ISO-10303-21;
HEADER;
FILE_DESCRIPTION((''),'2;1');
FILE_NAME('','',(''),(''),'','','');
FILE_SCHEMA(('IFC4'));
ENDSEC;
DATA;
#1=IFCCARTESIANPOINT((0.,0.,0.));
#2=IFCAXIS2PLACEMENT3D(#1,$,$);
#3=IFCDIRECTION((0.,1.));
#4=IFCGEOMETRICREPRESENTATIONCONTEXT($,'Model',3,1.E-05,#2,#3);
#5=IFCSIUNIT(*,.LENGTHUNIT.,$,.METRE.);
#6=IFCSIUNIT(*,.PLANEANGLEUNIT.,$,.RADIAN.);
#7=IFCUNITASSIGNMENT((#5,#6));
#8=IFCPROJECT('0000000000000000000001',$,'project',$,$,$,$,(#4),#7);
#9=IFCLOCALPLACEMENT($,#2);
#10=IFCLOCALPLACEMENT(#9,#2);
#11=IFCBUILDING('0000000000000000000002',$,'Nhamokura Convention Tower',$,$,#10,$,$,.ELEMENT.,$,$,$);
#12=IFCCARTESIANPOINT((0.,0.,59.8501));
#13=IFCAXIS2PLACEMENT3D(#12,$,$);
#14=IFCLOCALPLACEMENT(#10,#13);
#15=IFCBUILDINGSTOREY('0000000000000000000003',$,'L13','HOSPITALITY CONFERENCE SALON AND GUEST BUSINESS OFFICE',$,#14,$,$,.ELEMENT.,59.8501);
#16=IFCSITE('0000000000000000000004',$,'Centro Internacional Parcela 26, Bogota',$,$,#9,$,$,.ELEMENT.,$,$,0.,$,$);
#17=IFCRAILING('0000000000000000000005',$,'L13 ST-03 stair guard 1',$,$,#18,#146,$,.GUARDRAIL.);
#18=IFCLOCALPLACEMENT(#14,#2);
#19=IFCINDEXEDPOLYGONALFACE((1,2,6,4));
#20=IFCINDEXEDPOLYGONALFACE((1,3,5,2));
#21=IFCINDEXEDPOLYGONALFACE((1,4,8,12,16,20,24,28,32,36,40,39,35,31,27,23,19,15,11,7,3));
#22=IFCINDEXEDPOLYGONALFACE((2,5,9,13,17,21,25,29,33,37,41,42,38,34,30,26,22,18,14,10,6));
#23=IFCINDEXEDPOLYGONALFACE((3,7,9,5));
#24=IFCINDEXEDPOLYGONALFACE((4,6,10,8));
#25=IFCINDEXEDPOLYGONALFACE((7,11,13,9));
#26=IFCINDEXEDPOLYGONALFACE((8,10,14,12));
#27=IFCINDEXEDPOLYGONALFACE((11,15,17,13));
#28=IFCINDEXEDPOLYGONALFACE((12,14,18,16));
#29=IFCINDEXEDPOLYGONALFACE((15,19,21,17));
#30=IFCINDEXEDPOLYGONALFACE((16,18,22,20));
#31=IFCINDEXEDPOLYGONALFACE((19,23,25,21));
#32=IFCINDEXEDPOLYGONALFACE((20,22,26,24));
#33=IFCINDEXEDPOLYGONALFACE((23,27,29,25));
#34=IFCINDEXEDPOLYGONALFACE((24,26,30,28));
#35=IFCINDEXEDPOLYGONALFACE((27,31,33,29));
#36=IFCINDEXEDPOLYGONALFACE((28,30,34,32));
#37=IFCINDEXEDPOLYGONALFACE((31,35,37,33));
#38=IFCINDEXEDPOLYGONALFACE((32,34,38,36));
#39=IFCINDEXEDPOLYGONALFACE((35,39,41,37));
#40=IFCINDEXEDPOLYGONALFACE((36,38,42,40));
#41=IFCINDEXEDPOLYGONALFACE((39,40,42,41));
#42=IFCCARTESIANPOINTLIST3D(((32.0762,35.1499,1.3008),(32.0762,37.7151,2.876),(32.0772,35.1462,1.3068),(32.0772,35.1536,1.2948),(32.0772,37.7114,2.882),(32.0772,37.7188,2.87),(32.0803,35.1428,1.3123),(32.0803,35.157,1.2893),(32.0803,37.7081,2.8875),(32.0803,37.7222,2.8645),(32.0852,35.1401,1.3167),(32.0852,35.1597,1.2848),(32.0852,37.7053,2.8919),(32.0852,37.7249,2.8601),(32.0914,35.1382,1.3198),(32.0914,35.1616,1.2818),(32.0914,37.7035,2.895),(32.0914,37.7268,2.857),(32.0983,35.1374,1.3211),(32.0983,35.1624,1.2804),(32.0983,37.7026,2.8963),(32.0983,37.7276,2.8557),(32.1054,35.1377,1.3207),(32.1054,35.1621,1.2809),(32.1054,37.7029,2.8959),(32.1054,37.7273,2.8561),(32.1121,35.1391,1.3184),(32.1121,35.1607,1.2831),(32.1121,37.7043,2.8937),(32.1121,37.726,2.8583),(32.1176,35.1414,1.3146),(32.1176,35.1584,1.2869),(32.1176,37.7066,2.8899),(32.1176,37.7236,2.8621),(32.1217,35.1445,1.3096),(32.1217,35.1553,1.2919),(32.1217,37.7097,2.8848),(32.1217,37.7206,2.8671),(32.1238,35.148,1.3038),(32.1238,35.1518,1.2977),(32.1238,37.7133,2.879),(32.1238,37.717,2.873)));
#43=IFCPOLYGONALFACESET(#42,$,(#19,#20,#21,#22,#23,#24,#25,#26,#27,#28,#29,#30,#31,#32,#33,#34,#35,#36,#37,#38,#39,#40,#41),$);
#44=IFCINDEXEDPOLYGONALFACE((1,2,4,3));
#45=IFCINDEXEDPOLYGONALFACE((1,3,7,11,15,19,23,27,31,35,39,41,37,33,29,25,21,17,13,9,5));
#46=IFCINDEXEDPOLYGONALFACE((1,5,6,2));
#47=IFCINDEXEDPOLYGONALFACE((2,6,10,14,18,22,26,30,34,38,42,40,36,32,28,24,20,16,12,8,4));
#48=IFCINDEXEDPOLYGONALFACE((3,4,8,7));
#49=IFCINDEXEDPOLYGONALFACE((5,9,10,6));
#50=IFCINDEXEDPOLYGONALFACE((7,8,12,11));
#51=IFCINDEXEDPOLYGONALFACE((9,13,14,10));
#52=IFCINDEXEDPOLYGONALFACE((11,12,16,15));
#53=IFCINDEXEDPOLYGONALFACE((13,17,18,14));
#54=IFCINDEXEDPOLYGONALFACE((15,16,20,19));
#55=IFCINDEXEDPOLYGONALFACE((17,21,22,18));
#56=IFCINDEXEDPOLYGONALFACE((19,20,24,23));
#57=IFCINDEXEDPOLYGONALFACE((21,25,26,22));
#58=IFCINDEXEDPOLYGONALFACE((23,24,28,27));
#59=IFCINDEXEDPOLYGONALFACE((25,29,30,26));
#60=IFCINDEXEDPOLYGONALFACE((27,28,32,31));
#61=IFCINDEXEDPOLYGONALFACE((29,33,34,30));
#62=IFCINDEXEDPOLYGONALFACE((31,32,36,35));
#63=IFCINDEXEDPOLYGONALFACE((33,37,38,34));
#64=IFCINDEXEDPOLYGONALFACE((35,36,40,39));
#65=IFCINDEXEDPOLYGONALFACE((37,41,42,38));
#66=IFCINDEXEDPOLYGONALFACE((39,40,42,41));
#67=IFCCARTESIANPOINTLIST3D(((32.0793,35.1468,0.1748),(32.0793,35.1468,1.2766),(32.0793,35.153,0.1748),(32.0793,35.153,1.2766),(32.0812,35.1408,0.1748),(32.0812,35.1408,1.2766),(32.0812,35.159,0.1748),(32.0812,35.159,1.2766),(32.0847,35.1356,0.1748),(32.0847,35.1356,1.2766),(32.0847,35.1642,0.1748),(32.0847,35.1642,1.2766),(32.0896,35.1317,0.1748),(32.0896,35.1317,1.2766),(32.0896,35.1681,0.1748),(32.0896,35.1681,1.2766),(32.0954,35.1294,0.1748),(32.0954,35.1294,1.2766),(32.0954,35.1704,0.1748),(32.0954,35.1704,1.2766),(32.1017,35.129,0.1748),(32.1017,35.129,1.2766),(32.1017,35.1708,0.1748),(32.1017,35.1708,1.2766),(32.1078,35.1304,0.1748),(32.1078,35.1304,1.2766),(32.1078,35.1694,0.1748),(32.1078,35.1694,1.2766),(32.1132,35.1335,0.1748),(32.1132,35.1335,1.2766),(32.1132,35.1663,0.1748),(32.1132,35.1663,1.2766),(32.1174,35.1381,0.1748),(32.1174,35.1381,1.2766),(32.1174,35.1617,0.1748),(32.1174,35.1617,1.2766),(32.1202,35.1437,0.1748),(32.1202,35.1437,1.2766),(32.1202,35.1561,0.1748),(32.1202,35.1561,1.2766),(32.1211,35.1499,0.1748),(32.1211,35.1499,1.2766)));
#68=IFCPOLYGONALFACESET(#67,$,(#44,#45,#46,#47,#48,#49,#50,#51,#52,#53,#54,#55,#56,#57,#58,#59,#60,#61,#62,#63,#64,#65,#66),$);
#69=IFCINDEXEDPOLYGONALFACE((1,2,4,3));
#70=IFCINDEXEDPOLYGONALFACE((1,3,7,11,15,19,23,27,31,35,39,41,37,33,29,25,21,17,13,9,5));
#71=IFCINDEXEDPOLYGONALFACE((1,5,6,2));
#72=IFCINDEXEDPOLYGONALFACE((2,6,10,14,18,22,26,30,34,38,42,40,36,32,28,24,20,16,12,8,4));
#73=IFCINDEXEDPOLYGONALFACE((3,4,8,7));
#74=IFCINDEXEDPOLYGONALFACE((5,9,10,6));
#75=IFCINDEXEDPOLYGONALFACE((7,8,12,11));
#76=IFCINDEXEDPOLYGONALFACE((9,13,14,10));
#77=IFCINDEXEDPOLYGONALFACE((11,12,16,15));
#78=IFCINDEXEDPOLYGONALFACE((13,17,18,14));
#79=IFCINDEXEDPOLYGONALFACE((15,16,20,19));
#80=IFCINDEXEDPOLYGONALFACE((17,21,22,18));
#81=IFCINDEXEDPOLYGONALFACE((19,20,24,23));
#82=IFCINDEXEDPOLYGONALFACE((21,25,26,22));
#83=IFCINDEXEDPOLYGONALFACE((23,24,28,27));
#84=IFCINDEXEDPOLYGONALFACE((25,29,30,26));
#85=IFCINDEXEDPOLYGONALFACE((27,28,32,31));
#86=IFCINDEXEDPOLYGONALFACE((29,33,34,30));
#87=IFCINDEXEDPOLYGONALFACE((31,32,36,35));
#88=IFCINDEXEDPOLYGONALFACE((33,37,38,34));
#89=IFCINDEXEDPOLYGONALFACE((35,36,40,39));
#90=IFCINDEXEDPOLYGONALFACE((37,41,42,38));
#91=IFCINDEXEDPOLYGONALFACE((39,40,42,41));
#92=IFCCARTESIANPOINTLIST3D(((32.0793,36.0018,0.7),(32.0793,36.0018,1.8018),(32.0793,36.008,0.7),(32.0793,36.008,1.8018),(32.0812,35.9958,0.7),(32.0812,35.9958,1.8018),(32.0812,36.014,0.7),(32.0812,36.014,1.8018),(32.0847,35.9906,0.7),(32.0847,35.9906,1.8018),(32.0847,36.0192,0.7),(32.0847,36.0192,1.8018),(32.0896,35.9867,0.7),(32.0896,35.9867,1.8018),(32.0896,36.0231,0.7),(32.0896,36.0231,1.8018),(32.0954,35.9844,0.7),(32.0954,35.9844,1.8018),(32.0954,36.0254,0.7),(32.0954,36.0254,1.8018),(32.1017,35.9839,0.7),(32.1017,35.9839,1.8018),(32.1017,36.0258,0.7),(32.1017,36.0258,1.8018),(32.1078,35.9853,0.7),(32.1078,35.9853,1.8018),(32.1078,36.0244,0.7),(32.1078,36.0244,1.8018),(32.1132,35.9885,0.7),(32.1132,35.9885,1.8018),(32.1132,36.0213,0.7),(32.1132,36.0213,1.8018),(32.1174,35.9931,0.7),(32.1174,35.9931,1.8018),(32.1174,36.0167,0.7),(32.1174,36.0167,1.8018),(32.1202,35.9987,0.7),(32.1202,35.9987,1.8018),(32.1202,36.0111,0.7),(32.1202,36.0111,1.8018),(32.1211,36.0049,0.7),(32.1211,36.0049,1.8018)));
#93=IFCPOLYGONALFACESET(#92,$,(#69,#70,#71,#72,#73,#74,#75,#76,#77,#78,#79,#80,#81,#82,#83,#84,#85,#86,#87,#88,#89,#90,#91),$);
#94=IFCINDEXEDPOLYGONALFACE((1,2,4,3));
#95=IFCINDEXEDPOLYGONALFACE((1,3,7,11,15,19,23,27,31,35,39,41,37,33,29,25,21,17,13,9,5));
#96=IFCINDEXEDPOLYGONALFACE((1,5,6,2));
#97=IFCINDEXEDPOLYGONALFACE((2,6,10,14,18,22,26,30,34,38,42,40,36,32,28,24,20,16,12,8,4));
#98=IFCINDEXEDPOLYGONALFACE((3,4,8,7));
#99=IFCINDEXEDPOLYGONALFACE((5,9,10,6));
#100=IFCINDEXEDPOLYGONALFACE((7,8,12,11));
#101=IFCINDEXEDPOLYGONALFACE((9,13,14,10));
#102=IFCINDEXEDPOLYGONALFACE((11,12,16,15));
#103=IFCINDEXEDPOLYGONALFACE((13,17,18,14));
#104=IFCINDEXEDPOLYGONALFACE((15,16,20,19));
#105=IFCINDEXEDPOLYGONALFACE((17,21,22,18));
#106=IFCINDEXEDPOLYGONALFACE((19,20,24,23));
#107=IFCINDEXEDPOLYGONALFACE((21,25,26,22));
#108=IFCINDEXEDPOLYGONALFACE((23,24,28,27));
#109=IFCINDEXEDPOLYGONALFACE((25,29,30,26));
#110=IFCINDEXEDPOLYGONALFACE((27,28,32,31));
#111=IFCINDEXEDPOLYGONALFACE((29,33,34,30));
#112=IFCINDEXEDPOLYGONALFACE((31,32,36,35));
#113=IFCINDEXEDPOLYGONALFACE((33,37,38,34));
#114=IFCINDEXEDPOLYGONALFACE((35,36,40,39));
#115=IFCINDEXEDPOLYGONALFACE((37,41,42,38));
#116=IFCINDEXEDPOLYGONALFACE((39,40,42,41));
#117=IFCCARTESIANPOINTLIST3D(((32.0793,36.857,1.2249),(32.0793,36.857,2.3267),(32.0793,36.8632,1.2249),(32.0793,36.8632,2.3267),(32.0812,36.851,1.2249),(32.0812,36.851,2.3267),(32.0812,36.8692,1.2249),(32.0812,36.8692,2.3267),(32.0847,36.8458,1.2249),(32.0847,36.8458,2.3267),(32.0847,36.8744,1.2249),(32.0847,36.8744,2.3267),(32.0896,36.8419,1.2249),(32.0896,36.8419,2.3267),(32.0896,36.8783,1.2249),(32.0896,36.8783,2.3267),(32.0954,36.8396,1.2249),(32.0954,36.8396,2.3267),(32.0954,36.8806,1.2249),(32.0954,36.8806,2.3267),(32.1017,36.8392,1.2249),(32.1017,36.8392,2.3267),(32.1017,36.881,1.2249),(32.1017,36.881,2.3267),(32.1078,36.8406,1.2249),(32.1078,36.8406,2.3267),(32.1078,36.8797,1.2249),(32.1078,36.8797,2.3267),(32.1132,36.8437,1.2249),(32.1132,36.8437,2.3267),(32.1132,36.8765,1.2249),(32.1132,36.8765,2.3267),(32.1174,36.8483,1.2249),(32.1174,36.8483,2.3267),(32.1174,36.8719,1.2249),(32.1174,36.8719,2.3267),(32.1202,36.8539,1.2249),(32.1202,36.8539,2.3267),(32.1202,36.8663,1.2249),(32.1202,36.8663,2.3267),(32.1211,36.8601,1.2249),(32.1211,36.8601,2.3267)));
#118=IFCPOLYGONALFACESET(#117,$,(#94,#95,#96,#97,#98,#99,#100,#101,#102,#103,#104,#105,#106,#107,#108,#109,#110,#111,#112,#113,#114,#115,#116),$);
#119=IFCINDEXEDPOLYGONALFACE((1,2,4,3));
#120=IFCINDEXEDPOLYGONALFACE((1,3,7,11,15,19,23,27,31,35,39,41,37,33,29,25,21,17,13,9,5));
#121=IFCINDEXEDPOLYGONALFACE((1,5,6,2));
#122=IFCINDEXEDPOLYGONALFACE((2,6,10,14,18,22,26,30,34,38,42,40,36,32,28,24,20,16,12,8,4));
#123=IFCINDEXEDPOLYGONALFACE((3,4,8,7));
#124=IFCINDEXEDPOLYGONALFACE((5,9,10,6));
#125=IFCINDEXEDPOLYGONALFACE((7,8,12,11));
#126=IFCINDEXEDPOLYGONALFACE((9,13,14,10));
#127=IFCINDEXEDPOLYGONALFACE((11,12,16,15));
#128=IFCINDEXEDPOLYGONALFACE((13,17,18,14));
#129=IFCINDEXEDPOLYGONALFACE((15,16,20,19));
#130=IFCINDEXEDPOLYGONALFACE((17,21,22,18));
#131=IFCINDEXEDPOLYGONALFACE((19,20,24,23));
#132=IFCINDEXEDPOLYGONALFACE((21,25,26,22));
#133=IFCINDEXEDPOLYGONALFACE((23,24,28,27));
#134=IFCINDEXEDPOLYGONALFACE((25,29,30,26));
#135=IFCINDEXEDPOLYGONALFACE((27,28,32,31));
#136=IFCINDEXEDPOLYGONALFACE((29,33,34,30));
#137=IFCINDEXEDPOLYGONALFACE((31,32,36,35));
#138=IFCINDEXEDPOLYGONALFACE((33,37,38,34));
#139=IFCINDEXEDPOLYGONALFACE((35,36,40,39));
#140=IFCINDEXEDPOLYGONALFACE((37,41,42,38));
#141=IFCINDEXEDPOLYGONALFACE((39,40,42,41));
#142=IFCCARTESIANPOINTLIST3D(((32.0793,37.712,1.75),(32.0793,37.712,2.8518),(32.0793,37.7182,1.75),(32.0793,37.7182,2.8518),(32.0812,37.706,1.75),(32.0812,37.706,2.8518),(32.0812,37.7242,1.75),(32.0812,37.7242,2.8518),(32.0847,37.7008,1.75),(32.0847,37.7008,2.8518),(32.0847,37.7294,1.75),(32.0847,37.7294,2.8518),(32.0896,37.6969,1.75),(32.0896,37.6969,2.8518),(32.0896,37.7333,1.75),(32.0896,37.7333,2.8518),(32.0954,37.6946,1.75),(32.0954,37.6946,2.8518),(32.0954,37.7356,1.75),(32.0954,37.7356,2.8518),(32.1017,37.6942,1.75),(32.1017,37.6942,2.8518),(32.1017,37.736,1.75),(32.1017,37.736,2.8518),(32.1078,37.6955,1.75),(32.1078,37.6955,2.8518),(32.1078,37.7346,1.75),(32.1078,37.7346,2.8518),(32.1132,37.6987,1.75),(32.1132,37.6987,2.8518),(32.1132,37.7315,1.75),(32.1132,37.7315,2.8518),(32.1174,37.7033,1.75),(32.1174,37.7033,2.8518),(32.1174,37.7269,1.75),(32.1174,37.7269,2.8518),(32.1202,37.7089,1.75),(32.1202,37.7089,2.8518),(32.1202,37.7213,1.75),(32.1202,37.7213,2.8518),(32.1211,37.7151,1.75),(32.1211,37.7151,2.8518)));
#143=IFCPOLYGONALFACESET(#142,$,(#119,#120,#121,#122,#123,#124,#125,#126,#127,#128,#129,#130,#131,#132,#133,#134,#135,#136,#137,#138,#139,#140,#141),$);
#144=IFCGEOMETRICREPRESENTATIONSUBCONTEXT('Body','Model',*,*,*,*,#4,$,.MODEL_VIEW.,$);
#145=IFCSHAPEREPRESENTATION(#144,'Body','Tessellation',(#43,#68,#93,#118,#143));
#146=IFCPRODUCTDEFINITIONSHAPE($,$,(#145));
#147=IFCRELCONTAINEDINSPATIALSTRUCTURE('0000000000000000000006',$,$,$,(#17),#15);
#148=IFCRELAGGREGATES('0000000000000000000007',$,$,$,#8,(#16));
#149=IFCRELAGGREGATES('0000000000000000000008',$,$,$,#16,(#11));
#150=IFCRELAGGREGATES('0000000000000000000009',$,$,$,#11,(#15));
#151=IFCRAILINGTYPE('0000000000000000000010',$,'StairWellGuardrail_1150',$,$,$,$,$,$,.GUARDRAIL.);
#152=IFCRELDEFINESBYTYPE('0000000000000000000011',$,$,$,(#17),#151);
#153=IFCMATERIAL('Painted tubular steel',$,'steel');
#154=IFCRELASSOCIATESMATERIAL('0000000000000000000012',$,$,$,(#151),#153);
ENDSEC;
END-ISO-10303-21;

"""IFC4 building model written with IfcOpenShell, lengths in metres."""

from ifc_helpers import new_model, si_unit, direction, frame, origin, origin_2d, place, context, subcontext, project, spatial, circle, extrude, material, type_object, element, save


model = new_model("IFC4")

# Units and contexts
model_context = context("Model", 3, precision=1e-05, world=origin(), true_north=direction((0.0, 1.0)))
body_context = subcontext(model_context, "Body", "Model", "MODEL_VIEW")
ifc_project = project(units=[si_unit("LENGTHUNIT", "METRE"), si_unit("PLANEANGLEUNIT", "RADIAN")], contexts=[model_context])

# Site, building, storey
site_placement = place(None, origin())
site = spatial("IfcSite", under=ifc_project, at=site_placement, Name="Centro Internacional Parcela 26, Bogota", CompositionType="ELEMENT", RefElevation=0.0)
building_placement = place(site_placement, origin())
building = spatial("IfcBuilding", under=site, at=building_placement, Name="Nhamokura Convention Tower", CompositionType="ELEMENT")
storey_placement = place(building_placement, frame((0.0, 0.0, 59.8501)))
storey = spatial("IfcBuildingStorey", under=building, at=storey_placement, Name="L13", Description="HOSPITALITY CONFERENCE SALON AND GUEST BUSINESS OFFICE", CompositionType="ELEMENT", Elevation=59.8501)

# Railing
ifc_material_1 = material(Name="Painted tubular steel", Category="steel")
railing_type_1 = type_object("IfcRailingType", Name="StairWellGuardrail_1150", PredefinedType="GUARDRAIL", material=ifc_material_1)
railing_1_placement = place(storey_placement, frame((32.1001, 35.1499, 0.1748)))
element("IfcRailing", 1, at=railing_1_placement, inside=storey, type_object=railing_type_1, Name="L13 ST-03 stair guard 1", PredefinedType="GUARDRAIL", context=body_context, shape_type="SweptSolid", body=[
    extrude(circle(Radius=0.0239, at=origin_2d()), frame((0.0, 0.0, 1.126), z_axis=(0.0, 0.852159, 0.523283), x_axis=(-1.0, 0.0, 0.0)), (0.0, 0.0, 1.0), 3.0103),
    extrude(circle(Radius=0.021, at=origin_2d()), origin(), (0.0, 0.0, 1.0), 1.1018),
    extrude(circle(Radius=0.021, at=origin_2d()), frame((0.0, 0.855, 0.5251)), (0.0, 0.0, 1.0), 1.1018),
    extrude(circle(Radius=0.021, at=origin_2d()), frame((0.0, 1.7102, 1.05)), (0.0, 0.0, 1.0), 1.1018),
    extrude(circle(Radius=0.021, at=origin_2d()), frame((0.0, 2.5652, 1.5752)), (0.0, 0.0, 1.0), 1.1018),
])

save(model, "model.ifc")
